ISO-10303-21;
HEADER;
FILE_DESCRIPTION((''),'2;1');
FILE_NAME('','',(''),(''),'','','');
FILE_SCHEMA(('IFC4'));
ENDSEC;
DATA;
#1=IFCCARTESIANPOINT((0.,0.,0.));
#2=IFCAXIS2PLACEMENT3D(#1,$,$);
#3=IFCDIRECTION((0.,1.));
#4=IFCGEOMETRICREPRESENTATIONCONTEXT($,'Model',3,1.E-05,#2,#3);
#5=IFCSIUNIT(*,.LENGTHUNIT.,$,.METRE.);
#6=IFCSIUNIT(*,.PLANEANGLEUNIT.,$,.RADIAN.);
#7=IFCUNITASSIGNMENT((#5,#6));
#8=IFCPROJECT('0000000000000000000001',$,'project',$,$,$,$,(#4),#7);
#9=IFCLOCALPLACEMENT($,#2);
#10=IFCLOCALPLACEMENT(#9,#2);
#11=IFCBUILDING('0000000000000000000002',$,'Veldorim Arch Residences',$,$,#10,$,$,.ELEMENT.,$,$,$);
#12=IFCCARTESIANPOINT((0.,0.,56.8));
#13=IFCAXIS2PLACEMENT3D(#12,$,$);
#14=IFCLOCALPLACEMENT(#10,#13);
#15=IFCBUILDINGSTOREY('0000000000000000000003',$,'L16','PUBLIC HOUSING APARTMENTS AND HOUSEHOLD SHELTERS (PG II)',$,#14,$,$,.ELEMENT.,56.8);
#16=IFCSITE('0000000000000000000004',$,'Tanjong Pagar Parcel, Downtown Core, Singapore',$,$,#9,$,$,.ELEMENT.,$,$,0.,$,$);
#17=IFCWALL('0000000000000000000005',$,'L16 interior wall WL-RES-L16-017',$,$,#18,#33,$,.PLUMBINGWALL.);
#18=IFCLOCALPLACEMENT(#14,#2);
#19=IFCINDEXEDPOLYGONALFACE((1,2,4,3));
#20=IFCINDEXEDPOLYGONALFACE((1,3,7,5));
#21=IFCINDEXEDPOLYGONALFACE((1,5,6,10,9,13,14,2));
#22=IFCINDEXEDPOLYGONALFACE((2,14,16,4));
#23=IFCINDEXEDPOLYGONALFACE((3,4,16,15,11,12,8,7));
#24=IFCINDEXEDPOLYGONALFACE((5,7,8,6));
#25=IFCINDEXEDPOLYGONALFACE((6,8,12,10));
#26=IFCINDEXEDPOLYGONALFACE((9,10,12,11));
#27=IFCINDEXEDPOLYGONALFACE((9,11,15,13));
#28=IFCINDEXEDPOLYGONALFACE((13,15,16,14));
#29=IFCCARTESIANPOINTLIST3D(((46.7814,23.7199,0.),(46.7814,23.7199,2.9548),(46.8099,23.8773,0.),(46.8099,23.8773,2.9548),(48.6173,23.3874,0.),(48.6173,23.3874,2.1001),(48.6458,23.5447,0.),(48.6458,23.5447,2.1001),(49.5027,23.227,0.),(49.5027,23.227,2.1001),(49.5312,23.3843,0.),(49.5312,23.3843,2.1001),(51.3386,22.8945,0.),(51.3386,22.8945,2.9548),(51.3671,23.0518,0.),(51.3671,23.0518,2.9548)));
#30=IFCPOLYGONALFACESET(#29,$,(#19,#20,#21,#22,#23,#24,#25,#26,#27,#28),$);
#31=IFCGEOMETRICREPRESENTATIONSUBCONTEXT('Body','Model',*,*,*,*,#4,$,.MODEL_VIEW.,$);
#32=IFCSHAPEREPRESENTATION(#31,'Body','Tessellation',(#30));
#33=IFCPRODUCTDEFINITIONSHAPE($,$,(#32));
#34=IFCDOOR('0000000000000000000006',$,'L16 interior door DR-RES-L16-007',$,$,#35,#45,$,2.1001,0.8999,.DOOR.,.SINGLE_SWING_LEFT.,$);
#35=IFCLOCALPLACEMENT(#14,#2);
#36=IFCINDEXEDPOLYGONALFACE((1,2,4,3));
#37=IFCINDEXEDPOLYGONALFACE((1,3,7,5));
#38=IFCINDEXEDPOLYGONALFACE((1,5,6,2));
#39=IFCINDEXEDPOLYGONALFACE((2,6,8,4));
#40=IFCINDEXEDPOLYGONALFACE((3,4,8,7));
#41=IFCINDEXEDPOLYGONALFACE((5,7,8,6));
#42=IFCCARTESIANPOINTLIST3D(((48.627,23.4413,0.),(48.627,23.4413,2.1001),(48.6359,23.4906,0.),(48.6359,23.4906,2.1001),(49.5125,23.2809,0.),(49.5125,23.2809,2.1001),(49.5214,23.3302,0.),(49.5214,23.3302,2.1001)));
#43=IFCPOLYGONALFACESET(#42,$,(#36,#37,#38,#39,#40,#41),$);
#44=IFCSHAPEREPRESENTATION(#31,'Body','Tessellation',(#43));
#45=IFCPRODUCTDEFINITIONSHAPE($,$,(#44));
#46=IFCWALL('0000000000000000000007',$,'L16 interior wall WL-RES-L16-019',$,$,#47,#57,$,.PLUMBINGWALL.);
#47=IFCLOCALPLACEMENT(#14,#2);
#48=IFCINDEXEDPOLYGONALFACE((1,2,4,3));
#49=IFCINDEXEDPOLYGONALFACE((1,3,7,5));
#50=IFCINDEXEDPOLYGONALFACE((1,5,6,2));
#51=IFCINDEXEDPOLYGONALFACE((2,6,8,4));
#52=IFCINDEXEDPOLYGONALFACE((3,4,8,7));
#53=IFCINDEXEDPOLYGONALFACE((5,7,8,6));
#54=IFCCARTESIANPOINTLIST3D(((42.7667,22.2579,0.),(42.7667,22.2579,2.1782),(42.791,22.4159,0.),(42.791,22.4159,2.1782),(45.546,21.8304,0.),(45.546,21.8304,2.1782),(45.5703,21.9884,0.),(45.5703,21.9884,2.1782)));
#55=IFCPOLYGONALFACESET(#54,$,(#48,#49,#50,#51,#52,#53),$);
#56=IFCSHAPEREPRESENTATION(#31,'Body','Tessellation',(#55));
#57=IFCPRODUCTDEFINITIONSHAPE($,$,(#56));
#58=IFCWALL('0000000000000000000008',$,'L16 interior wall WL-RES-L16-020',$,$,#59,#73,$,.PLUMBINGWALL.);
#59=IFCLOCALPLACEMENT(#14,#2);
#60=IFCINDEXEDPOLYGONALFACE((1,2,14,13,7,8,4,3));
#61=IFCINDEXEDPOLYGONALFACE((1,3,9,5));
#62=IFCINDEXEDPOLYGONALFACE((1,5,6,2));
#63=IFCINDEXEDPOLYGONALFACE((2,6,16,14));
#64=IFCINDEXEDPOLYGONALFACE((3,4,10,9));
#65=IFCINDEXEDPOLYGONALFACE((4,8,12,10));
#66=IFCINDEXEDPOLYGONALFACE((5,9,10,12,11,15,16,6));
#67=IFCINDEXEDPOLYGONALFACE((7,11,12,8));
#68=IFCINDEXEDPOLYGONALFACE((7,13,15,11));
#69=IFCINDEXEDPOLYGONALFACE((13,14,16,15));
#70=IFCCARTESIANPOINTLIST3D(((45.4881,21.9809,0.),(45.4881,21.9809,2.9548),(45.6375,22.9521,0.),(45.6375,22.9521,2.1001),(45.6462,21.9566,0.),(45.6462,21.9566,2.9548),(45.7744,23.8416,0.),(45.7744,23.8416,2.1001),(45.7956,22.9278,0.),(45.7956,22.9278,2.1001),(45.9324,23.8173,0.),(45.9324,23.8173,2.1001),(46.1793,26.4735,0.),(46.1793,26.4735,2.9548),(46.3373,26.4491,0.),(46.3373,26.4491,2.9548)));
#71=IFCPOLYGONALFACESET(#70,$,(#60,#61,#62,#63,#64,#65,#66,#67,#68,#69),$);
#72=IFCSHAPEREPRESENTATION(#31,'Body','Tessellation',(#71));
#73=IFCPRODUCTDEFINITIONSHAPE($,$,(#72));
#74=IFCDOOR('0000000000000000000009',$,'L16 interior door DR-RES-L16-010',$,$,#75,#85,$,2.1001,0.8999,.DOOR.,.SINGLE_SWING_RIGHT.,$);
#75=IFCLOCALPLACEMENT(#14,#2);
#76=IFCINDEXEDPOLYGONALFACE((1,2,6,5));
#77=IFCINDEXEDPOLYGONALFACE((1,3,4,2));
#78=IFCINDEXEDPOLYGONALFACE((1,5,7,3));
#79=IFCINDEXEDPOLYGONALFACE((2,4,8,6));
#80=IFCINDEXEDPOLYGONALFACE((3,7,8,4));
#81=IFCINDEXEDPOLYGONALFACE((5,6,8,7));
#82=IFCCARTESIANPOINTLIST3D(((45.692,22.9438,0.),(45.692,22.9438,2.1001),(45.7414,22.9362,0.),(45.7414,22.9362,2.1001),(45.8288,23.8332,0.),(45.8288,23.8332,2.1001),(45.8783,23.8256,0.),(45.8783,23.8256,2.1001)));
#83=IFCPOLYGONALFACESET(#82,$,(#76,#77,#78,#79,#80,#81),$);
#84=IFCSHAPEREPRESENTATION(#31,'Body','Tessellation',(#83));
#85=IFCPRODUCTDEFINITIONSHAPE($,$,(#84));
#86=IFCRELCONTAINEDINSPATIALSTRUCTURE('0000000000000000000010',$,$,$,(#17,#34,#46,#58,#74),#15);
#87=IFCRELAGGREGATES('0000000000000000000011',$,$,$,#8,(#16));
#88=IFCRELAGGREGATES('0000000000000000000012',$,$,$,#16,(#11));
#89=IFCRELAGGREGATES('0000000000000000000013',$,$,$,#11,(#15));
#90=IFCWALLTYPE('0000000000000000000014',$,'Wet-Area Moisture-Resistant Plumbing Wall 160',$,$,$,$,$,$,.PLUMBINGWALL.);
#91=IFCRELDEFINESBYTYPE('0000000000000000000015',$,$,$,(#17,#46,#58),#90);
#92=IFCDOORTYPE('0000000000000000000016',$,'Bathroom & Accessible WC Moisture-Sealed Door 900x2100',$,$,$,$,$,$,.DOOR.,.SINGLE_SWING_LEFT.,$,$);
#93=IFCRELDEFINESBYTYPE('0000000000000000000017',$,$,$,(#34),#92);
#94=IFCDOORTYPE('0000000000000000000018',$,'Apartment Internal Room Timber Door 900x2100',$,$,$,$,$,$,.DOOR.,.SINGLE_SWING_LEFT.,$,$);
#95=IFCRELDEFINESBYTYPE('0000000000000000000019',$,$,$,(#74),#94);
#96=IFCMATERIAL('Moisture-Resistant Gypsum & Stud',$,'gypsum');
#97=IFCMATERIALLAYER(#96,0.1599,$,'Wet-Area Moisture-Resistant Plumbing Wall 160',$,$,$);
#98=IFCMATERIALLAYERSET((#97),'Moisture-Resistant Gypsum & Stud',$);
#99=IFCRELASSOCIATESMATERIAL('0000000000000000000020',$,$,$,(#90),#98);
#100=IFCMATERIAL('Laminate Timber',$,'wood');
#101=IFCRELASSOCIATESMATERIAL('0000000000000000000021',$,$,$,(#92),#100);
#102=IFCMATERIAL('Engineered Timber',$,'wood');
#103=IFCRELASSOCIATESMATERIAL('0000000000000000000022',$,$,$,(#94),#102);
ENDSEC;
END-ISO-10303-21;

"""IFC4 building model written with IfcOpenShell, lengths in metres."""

from ifc_helpers import new_model, si_unit, direction, frame, frame_2d, origin, place, context, subcontext, project, spatial, rectangle, extrude, material, layer, layer_set, type_object, element, fill, save


model = new_model("IFC4")

# Units and contexts
model_context = context("Model", 3, precision=1e-05, world=origin(), true_north=direction((0.0, 1.0)))
body_context = subcontext(model_context, "Body", "Model", "MODEL_VIEW")
ifc_project = project(units=[si_unit("LENGTHUNIT", "METRE"), si_unit("PLANEANGLEUNIT", "RADIAN")], contexts=[model_context])

# Site, building, storey
site_placement = place(None, origin())
site = spatial("IfcSite", under=ifc_project, at=site_placement, Name="Tanjong Pagar Parcel, Downtown Core, Singapore", CompositionType="ELEMENT", RefElevation=0.0)
building_placement = place(site_placement, origin())
building = spatial("IfcBuilding", under=site, at=building_placement, Name="Veldorim Arch Residences", CompositionType="ELEMENT")
storey_placement = place(building_placement, frame((0.0, 0.0, 56.8)))
storey = spatial("IfcBuildingStorey", under=building, at=storey_placement, Name="L16", Description="PUBLIC HOUSING APARTMENTS AND HOUSEHOLD SHELTERS (PG II)", CompositionType="ELEMENT", Elevation=56.8)

# Wall, opening, door
ifc_material_1 = material(Name="Moisture-Resistant Gypsum & Stud", Category="gypsum")
ifc_layer_1 = layer(ifc_material_1, 0.1599, Name="Wet-Area Moisture-Resistant Plumbing Wall 160")
ifc_layer_set_1 = layer_set([ifc_layer_1], Name="Moisture-Resistant Gypsum & Stud")
wall_type_1 = type_object("IfcWallType", Name="Wet-Area Moisture-Resistant Plumbing Wall 160", PredefinedType="PLUMBINGWALL", material=ifc_layer_set_1)
wall_1_placement = place(storey_placement, frame((46.7957, 23.7986, 0.0), z_axis=(0.0, 0.0, 1.0), x_axis=(0.983989, -0.178231, 0.0)))
wall_1 = element("IfcWall", 1, at=wall_1_placement, inside=storey, type_object=wall_type_1, Name="L16 interior wall WL-RES-L16-017", PredefinedType="PLUMBINGWALL", context=body_context, shape_type="SweptSolid", body=[
    extrude(rectangle(XDim=4.6313, YDim=0.1599, at=frame_2d((2.3157, 0.0))), origin(), (0.0, 0.0, 1.0), 2.9548),
])
opening_1_placement = place(wall_1_placement, frame((1.8657, 0.0, 0.0)))
opening_1 = element("IfcOpeningElement", 2, at=opening_1_placement, cuts=wall_1, PredefinedType="OPENING", context=body_context, shape_type="SweptSolid", body=[
    extrude(rectangle(XDim=0.8999, YDim=2.1001, at=frame_2d((0.45, 1.05))), frame((0.0, 0.0898, 0.0), z_axis=(0.0, -1.0, 0.0), x_axis=(1.0, 0.0, 0.0)), (0.0, 0.0, 1.0), 0.1799),
])
ifc_material_2 = material(Name="Laminate Timber", Category="wood")
door_type_1 = type_object("IfcDoorType", Name="Bathroom & Accessible WC Moisture-Sealed Door 900x2100", OperationType="SINGLE_SWING_LEFT", PredefinedType="DOOR", material=ifc_material_2)
door_1_placement = place(opening_1_placement, origin())
door_1 = element("IfcDoor", 3, at=door_1_placement, inside=storey, type_object=door_type_1, Name="L16 interior door DR-RES-L16-007", OperationType="SINGLE_SWING_LEFT", OverallHeight=2.1001, OverallWidth=0.8999, PredefinedType="DOOR", context=body_context, shape_type="SweptSolid", body=[
    extrude(rectangle(XDim=0.8999, YDim=2.1001, at=frame_2d((0.45, 1.05))), frame((0.0, 0.0249, 0.0), z_axis=(0.0, -1.0, 0.0), x_axis=(1.0, 0.0, 0.0)), (0.0, 0.0, 1.0), 0.05),
])
fill(opening_1, door_1)

# Wall
wall_2_placement = place(storey_placement, frame((42.7788, 22.3369, 0.0), z_axis=(0.0, 0.0, 1.0), x_axis=(0.988377, -0.152025, 0.0)))
element("IfcWall", 4, at=wall_2_placement, inside=storey, type_object=wall_type_1, Name="L16 interior wall WL-RES-L16-019", PredefinedType="PLUMBINGWALL", context=body_context, shape_type="SweptSolid", body=[
    extrude(rectangle(XDim=2.812, YDim=0.1599, at=frame_2d((1.406, 0.0))), origin(), (0.0, 0.0, 1.0), 2.1782),
])

# Wall, opening, door
wall_3_placement = place(storey_placement, frame((45.5671, 21.9688, 0.0), z_axis=(0.0, 0.0, 1.0), x_axis=(0.152061, 0.988371, 0.0)))
wall_3 = element("IfcWall", 5, at=wall_3_placement, inside=storey, type_object=wall_type_1, Name="L16 interior wall WL-RES-L16-020", PredefinedType="PLUMBINGWALL", context=body_context, shape_type="SweptSolid", body=[
    extrude(rectangle(XDim=4.5454, YDim=0.1599, at=frame_2d((2.2727, 0.0))), origin(), (0.0, 0.0, 1.0), 2.9548),
])
opening_2_placement = place(wall_3_placement, frame((0.9827, 0.0, 0.0)))
opening_2 = element("IfcOpeningElement", 6, at=opening_2_placement, cuts=wall_3, PredefinedType="OPENING", context=body_context, shape_type="SweptSolid", body=[
    extrude(rectangle(XDim=0.8999, YDim=2.1001, at=frame_2d((0.45, 1.05))), frame((0.0, 0.0898, 0.0), z_axis=(0.0, -1.0, 0.0), x_axis=(1.0, 0.0, 0.0)), (0.0, 0.0, 1.0), 0.1799),
])
ifc_material_3 = material(Name="Engineered Timber", Category="wood")
door_type_2 = type_object("IfcDoorType", Name="Apartment Internal Room Timber Door 900x2100", OperationType="SINGLE_SWING_LEFT", PredefinedType="DOOR", material=ifc_material_3)
door_2_placement = place(opening_2_placement, origin())
door_2 = element("IfcDoor", 7, at=door_2_placement, inside=storey, type_object=door_type_2, Name="L16 interior door DR-RES-L16-010", OperationType="SINGLE_SWING_RIGHT", OverallHeight=2.1001, OverallWidth=0.8999, PredefinedType="DOOR", context=body_context, shape_type="SweptSolid", body=[
    extrude(rectangle(XDim=0.8999, YDim=2.1001, at=frame_2d((0.45, 1.05))), frame((0.0, 0.0249, 0.0), z_axis=(0.0, -1.0, 0.0), x_axis=(1.0, 0.0, 0.0)), (0.0, 0.0, 1.0), 0.05),
])
fill(opening_2, door_2)

save(model, "model.ifc")
